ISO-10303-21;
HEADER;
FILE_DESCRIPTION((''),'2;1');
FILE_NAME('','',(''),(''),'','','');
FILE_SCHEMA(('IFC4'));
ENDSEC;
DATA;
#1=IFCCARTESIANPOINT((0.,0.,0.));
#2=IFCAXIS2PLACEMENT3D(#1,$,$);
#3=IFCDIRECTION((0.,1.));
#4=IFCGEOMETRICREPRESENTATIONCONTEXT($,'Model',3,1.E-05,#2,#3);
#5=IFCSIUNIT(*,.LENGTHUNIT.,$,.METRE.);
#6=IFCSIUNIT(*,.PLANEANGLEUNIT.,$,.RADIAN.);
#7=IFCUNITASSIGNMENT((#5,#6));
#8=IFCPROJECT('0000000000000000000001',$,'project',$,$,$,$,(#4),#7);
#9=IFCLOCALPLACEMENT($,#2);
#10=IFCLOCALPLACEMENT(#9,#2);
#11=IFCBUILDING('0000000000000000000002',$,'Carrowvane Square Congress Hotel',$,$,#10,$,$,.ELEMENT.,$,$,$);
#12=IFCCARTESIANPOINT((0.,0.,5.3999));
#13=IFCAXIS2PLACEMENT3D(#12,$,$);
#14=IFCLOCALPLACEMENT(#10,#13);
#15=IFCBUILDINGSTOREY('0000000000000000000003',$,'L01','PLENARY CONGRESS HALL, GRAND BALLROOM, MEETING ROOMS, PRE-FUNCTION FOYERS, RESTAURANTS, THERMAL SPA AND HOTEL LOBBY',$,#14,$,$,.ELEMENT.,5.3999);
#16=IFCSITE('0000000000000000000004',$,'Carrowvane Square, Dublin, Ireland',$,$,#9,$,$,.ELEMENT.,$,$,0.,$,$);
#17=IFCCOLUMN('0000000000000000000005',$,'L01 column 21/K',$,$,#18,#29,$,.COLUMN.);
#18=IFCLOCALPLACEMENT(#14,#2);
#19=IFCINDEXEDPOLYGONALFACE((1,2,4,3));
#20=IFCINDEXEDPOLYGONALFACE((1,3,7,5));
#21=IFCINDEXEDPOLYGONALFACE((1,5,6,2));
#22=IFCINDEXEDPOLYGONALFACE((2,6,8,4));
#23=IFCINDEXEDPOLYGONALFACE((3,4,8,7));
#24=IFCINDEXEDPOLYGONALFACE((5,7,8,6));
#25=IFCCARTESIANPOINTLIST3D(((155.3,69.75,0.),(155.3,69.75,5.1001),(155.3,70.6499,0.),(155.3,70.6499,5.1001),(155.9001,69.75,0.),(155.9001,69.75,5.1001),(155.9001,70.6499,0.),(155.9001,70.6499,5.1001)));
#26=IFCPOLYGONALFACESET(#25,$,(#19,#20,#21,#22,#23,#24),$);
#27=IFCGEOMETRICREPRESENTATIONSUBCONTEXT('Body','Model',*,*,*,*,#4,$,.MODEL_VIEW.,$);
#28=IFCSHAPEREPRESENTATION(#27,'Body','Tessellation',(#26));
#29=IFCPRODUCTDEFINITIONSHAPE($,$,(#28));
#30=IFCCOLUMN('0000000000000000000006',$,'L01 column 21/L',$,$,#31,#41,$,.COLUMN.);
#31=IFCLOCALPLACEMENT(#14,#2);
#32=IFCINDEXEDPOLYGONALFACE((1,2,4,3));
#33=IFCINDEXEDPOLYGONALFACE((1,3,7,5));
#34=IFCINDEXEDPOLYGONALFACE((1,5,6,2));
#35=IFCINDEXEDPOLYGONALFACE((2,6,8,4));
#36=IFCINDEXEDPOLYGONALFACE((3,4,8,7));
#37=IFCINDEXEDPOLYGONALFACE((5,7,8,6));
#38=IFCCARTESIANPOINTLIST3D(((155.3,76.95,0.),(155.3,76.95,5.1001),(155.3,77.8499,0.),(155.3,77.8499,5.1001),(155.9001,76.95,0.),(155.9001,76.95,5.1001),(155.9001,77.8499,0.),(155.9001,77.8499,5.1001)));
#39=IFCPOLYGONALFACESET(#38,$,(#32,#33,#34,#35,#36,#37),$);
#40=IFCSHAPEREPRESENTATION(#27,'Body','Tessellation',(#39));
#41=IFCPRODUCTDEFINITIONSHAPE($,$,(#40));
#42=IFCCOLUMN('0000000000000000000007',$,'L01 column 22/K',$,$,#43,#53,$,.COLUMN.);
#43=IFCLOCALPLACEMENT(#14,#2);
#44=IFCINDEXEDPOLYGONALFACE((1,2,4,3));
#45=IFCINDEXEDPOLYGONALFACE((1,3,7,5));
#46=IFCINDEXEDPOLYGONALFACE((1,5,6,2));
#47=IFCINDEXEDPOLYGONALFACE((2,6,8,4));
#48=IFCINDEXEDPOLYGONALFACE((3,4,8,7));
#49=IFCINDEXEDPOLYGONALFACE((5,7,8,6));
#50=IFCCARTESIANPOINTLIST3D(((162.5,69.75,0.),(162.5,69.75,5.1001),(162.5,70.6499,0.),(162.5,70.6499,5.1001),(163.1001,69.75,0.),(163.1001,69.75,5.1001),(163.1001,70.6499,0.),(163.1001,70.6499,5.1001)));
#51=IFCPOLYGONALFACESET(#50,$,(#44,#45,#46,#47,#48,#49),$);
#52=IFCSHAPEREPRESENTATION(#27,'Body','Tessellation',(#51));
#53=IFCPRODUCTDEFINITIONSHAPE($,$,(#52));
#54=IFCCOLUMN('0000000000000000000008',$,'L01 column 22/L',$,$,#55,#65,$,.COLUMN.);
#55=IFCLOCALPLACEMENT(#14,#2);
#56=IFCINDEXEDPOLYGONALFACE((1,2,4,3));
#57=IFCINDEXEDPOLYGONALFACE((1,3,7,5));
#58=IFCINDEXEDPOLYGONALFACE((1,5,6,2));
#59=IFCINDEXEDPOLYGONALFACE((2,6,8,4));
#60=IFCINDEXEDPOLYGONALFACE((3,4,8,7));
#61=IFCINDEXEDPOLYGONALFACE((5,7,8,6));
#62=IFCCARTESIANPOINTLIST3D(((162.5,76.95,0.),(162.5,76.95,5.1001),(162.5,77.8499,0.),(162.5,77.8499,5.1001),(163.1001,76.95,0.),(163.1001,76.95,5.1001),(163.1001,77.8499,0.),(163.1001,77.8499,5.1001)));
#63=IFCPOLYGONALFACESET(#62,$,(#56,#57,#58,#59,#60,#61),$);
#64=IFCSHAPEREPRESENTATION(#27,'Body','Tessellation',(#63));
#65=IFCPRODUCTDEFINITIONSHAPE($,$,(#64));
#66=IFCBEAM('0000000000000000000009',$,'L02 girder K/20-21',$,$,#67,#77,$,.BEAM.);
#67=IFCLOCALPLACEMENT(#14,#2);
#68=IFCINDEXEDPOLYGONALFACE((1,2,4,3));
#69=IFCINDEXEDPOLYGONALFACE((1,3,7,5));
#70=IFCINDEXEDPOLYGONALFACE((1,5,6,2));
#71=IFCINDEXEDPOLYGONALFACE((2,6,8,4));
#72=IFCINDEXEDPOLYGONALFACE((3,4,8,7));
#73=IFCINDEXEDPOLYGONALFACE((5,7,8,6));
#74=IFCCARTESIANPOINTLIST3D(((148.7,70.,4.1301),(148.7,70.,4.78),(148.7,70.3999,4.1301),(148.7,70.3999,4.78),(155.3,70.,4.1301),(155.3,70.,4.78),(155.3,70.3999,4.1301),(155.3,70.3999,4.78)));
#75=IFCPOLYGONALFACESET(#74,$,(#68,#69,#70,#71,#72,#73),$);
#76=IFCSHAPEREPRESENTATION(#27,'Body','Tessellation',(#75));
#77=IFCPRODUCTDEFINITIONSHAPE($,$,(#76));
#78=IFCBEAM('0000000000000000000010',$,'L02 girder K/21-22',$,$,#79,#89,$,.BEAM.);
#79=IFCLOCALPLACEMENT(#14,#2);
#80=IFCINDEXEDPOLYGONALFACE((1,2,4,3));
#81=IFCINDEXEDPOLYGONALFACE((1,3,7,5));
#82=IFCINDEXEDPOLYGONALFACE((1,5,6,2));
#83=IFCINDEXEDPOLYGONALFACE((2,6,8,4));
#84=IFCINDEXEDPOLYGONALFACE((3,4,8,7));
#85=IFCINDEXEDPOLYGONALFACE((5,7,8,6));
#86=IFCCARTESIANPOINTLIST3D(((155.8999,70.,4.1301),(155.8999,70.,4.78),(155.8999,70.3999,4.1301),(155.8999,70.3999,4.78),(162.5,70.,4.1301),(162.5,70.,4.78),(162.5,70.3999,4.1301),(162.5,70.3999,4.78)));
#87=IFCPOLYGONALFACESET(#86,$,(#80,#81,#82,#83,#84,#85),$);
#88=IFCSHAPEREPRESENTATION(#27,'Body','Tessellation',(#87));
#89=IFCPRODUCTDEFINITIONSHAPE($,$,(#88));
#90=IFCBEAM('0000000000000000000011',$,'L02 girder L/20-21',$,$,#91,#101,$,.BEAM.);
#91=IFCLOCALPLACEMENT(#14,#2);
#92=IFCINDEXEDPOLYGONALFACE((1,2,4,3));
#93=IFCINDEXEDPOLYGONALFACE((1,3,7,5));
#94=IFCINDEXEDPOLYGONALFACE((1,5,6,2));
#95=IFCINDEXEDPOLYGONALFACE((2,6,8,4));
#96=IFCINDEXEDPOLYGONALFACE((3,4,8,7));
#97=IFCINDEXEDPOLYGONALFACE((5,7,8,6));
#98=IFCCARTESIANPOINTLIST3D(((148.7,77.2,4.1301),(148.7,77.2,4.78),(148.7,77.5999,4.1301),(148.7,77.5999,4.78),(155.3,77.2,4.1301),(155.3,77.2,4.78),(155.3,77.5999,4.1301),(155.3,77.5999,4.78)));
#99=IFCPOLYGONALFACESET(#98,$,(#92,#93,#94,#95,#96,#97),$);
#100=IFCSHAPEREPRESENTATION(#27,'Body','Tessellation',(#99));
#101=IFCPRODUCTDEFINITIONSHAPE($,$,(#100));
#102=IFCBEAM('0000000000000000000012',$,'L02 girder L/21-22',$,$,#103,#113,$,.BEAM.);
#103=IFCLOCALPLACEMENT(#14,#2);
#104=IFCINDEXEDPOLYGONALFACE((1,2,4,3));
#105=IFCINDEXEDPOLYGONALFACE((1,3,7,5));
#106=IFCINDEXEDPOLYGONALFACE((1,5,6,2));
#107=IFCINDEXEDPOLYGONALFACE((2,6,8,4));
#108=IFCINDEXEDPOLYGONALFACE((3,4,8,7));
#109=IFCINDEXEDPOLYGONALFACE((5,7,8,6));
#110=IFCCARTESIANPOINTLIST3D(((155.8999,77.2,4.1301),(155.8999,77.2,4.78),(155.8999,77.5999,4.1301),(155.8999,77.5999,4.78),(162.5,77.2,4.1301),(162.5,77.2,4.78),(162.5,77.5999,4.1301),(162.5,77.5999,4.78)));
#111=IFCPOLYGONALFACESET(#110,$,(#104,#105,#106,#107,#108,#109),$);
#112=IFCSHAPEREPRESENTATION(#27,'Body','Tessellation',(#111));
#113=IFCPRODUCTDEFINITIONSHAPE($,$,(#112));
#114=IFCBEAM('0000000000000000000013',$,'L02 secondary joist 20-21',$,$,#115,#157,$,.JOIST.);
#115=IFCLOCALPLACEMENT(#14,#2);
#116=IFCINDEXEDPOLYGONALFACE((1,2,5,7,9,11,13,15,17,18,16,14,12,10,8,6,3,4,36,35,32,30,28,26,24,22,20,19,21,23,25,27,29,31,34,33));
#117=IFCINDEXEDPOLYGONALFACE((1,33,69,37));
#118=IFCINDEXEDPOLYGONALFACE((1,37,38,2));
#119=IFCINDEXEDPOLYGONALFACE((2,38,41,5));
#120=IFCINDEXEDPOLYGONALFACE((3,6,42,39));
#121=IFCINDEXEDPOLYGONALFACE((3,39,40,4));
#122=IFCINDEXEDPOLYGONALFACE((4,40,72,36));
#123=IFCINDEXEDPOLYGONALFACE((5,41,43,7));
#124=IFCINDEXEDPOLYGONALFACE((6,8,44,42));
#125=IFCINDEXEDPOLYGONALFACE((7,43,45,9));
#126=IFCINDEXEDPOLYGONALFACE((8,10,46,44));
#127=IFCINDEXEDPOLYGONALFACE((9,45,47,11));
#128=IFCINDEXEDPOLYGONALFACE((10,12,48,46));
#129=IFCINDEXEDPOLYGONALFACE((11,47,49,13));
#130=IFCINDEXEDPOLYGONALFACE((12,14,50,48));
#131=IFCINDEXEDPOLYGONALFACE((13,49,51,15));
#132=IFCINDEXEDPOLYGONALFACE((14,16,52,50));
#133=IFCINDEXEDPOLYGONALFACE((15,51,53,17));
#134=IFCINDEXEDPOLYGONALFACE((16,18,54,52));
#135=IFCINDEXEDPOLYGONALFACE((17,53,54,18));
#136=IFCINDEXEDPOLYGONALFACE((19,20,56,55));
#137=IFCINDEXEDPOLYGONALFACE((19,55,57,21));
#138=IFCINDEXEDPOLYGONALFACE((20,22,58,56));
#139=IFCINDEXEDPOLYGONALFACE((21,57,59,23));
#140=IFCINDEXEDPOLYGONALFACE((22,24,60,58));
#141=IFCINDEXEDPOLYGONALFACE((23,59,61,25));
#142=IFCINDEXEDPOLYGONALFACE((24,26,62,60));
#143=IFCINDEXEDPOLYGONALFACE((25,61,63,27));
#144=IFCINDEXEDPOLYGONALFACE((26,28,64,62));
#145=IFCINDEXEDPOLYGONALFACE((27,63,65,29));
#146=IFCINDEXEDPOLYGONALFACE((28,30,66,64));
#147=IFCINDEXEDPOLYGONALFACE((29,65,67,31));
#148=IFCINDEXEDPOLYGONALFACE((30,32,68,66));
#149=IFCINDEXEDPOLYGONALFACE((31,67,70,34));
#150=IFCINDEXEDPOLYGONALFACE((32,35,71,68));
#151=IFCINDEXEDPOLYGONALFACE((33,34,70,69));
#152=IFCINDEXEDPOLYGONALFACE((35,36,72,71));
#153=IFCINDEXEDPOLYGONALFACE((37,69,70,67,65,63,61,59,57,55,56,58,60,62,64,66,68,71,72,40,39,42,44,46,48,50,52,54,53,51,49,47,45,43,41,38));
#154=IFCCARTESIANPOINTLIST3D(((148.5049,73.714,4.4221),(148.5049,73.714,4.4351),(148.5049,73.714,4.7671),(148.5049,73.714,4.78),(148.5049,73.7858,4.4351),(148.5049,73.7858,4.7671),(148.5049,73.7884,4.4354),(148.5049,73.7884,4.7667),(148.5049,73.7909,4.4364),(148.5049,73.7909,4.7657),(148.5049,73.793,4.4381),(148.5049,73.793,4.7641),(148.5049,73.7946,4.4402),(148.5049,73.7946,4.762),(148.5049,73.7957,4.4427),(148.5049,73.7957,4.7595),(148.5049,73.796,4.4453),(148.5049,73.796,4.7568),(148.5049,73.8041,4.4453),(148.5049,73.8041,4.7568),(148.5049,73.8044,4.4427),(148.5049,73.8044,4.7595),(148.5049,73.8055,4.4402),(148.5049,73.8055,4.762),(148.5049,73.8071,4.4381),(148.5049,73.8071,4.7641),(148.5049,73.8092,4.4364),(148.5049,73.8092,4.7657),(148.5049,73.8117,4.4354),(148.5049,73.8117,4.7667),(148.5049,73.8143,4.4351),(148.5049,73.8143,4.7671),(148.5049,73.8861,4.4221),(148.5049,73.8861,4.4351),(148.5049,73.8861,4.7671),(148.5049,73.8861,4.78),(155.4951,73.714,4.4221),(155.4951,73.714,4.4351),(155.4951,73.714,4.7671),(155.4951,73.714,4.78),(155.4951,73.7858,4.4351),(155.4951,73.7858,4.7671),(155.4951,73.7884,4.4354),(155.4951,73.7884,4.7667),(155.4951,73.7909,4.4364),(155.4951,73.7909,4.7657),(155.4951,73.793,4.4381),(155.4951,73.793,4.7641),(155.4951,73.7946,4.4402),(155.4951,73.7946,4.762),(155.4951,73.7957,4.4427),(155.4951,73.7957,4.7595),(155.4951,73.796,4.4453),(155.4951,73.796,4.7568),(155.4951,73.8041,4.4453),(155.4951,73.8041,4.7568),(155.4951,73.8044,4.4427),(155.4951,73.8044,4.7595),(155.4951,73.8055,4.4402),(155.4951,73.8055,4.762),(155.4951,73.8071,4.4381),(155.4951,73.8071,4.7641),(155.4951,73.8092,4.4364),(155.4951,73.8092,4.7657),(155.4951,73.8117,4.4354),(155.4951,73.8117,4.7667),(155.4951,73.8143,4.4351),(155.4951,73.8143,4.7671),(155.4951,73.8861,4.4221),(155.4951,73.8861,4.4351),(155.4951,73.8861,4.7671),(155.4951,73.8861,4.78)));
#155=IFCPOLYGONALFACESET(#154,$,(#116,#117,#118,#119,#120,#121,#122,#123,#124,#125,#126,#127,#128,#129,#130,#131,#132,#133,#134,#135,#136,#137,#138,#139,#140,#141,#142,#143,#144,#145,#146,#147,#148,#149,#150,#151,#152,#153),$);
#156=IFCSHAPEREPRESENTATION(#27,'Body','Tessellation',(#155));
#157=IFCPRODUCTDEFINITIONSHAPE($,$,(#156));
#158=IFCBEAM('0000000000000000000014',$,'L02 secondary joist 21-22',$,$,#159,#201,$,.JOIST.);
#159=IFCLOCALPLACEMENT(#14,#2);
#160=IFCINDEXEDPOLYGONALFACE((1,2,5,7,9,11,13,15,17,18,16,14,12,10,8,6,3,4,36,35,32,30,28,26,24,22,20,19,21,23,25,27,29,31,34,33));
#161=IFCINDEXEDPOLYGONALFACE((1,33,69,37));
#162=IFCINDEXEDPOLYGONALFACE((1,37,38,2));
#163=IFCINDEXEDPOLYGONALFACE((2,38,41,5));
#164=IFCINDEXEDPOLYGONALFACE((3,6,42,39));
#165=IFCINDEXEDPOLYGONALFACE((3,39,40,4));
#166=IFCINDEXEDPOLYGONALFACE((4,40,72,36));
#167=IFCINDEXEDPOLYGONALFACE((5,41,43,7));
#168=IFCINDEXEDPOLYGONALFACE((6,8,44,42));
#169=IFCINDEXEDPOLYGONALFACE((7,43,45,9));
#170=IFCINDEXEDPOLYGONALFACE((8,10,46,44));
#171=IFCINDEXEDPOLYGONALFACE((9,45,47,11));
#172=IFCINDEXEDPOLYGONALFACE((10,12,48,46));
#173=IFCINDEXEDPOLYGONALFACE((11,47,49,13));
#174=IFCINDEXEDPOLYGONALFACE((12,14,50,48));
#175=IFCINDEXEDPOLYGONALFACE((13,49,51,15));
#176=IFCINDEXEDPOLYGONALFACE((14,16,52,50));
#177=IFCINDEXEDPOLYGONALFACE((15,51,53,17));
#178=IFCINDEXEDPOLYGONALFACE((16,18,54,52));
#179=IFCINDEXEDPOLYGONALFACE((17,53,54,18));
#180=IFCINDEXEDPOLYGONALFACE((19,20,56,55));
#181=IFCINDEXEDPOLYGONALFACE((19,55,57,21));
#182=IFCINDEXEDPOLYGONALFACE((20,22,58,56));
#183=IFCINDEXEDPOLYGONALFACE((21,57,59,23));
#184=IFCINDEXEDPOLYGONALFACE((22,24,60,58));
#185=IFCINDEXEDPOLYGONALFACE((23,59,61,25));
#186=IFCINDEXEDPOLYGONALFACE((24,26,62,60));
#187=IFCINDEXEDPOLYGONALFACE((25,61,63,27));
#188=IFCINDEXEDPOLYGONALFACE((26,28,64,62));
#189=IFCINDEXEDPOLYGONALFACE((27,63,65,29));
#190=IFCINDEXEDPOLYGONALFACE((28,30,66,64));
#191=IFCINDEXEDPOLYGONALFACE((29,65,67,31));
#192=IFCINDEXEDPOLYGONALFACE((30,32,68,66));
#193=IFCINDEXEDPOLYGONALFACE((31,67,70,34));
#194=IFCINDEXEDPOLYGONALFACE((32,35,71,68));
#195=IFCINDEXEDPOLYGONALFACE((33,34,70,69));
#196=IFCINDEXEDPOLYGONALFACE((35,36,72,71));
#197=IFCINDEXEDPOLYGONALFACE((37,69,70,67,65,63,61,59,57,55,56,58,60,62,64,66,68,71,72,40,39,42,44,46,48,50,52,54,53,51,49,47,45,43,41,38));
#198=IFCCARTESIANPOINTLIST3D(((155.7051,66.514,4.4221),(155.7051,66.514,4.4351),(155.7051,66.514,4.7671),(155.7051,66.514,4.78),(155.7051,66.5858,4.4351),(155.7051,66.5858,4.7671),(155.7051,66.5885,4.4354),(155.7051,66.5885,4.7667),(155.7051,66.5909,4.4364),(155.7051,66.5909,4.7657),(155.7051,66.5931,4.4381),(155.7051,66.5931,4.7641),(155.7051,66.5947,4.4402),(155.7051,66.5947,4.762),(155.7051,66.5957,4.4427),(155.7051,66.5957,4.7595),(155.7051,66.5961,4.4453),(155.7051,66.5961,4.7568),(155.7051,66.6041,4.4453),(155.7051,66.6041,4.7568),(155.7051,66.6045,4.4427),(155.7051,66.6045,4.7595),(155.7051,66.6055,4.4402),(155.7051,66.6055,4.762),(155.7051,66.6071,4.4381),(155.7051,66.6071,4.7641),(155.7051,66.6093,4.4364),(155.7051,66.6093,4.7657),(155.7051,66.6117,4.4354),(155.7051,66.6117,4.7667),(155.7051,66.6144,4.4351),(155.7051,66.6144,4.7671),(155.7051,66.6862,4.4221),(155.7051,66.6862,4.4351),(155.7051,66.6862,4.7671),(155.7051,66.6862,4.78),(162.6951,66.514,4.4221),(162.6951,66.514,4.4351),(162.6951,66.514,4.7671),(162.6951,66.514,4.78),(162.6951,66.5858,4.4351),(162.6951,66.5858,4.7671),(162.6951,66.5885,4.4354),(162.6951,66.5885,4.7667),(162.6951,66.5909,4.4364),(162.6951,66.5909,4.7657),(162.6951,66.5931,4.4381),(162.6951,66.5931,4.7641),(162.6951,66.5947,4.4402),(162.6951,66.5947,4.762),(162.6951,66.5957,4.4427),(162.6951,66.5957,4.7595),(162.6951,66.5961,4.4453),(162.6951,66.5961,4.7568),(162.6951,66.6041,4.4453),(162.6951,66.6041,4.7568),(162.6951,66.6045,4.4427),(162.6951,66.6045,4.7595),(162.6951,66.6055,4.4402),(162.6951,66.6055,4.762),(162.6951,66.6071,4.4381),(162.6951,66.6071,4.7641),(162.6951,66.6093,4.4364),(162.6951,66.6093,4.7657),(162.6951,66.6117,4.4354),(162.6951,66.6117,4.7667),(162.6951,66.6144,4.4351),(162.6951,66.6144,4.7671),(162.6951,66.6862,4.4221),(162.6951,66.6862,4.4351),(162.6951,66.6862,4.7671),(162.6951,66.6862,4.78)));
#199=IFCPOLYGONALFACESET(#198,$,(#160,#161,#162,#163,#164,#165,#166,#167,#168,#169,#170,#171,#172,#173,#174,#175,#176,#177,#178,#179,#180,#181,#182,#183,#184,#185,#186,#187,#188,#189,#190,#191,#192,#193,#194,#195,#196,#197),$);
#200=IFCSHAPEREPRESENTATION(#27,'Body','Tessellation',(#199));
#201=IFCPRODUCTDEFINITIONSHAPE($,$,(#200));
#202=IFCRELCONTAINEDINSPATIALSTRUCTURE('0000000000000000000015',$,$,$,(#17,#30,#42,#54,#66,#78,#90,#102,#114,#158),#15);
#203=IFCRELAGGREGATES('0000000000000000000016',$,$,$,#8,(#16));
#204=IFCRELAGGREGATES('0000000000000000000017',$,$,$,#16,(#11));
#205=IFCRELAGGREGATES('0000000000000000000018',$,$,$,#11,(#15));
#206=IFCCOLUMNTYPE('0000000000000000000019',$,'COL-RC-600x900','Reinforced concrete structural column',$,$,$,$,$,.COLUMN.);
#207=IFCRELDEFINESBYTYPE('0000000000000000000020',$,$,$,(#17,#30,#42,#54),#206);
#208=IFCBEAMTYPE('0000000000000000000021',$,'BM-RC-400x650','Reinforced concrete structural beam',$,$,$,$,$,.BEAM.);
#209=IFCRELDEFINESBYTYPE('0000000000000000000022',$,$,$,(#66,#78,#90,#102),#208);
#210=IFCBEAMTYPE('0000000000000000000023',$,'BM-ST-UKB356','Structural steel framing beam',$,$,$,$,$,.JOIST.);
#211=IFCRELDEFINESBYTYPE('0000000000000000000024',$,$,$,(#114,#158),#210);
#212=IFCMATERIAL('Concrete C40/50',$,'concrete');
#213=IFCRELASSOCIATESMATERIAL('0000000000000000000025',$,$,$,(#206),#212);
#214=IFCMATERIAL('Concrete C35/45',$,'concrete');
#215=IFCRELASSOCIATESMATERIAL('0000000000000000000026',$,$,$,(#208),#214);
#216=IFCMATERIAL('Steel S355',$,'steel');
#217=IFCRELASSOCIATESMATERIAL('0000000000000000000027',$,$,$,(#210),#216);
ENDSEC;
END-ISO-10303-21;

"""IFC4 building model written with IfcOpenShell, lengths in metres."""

from ifc_helpers import new_model, si_unit, direction, frame, origin, origin_2d, place, context, subcontext, project, spatial, rectangle, i_section, extrude, material, material_profile, profile_set, type_object, element, save


model = new_model("IFC4")

# Units and contexts
model_context = context("Model", 3, precision=1e-05, world=origin(), true_north=direction((0.0, 1.0)))
body_context = subcontext(model_context, "Body", "Model", "MODEL_VIEW")
ifc_project = project(units=[si_unit("LENGTHUNIT", "METRE"), si_unit("PLANEANGLEUNIT", "RADIAN")], contexts=[model_context])

# Site, building, storey
site_placement = place(None, origin())
site = spatial("IfcSite", under=ifc_project, at=site_placement, Name="Carrowvane Square, Dublin, Ireland", CompositionType="ELEMENT", RefElevation=0.0)
building_placement = place(site_placement, origin())
building = spatial("IfcBuilding", under=site, at=building_placement, Name="Carrowvane Square Congress Hotel", CompositionType="ELEMENT")
storey_placement = place(building_placement, frame((0.0, 0.0, 5.3999)))
storey = spatial("IfcBuildingStorey", under=building, at=storey_placement, Name="L01", Description="PLENARY CONGRESS HALL, GRAND BALLROOM, MEETING ROOMS, PRE-FUNCTION FOYERS, RESTAURANTS, THERMAL SPA AND HOTEL LOBBY", CompositionType="ELEMENT", Elevation=5.3999)

# Columns
ifc_material_1 = material(Name="Concrete C40/50", Category="concrete")
ifc_material_profile_1 = material_profile(ifc_material_1, rectangle(XDim=0.6001, YDim=0.8999, at=origin_2d()), Name="RC 600x900")
ifc_profile_set_1 = profile_set([ifc_material_profile_1], Name="Concrete C40/50")
column_type = type_object("IfcColumnType", Name="COL-RC-600x900", Description="Reinforced concrete structural column", PredefinedType="COLUMN", material=ifc_profile_set_1)
for number, where, z_axis, x_axis, name in (
    (1, (155.6001, 70.2, 0.0), (0.0, 0.0, 1.0), (1.0, 0.0, 0.0), "L01 column 21/K"),
    (2, (155.6001, 77.3999, 0.0), (0.0, 0.0, 1.0), (1.0, 0.0, 0.0), "L01 column 21/L"),
    (3, (162.8, 70.2, 0.0), (0.0, 0.0, 1.0), (1.0, 0.0, 0.0), "L01 column 22/K"),
    (4, (162.8, 77.3999, 0.0), (0.0, 0.0, 1.0), (1.0, 0.0, 0.0), "L01 column 22/L"),
):
    element("IfcColumn", number, at=place(storey_placement, frame(where, z_axis=z_axis, x_axis=x_axis)), inside=storey, type_object=column_type, Name=name, PredefinedType="COLUMN", context=body_context, shape_type="SweptSolid", body=[
        extrude(rectangle(XDim=0.6001, YDim=0.8999, at=origin_2d()), origin(), (0.0, 0.0, 1.0), 5.1001),
    ])

# Beams
ifc_material_2 = material(Name="Concrete C35/45", Category="concrete")
ifc_material_profile_2 = material_profile(ifc_material_2, rectangle(XDim=0.3999, YDim=0.6499, at=origin_2d()), Name="RC 400x650")
ifc_profile_set_2 = profile_set([ifc_material_profile_2], Name="Concrete C35/45")
beam_type_1 = type_object("IfcBeamType", Name="BM-RC-400x650", Description="Reinforced concrete structural beam", PredefinedType="BEAM", material=ifc_profile_set_2)
for number, where, z_axis, x_axis, name in (
    (5, (148.7, 70.2, 4.4551), (1.0, 0.0, 0.0), (0.0, 1.0, 0.0), "L02 girder K/20-21"),
    (6, (155.8999, 70.2, 4.4551), (1.0, 0.0, 0.0), (0.0, 1.0, 0.0), "L02 girder K/21-22"),
    (7, (148.7, 77.3999, 4.4551), (1.0, 0.0, 0.0), (0.0, 1.0, 0.0), "L02 girder L/20-21"),
    (8, (155.8999, 77.3999, 4.4551), (1.0, 0.0, 0.0), (0.0, 1.0, 0.0), "L02 girder L/21-22"),
):
    element("IfcBeam", number, at=place(storey_placement, frame(where, z_axis=z_axis, x_axis=x_axis)), inside=storey, type_object=beam_type_1, Name=name, PredefinedType="BEAM", context=body_context, shape_type="SweptSolid", body=[
        extrude(rectangle(XDim=0.3999, YDim=0.6499, at=origin_2d()), origin(), (0.0, 0.0, 1.0), 6.6001),
    ])
ifc_material_3 = material(Name="Steel S355", Category="steel")
ifc_material_profile_3 = material_profile(ifc_material_3, i_section(OverallWidth=0.1721, OverallDepth=0.3579, WebThickness=0.0081, FlangeThickness=0.0129, FilletRadius=0.0103, at=origin_2d()), Name="UKB 356x171x57")
ifc_profile_set_3 = profile_set([ifc_material_profile_3], Name="Steel S355")
beam_type_2 = type_object("IfcBeamType", Name="BM-ST-UKB356", Description="Structural steel framing beam", PredefinedType="JOIST", material=ifc_profile_set_3)
beam_1_placement = place(storey_placement, frame((148.5049, 73.8, 4.6011), z_axis=(1.0, 0.0, 0.0), x_axis=(0.0, 1.0, 0.0)))
element("IfcBeam", 9, at=beam_1_placement, inside=storey, type_object=beam_type_2, Name="L02 secondary joist 20-21", PredefinedType="JOIST", context=body_context, shape_type="SweptSolid", body=[
    extrude(i_section(OverallWidth=0.1721, OverallDepth=0.3579, WebThickness=0.0081, FlangeThickness=0.0129, FilletRadius=0.0103, at=origin_2d()), origin(), (0.0, 0.0, 1.0), 6.9902),
])
for number, where, z_axis, x_axis, name in (
    (10, (155.7051, 66.6001, 4.6011), (1.0, 0.0, 0.0), (0.0, 1.0, 0.0), "L02 secondary joist 21-22"),
):
    element("IfcBeam", number, at=place(storey_placement, frame(where, z_axis=z_axis, x_axis=x_axis)), inside=storey, type_object=beam_type_2, Name=name, PredefinedType="JOIST", context=body_context, shape_type="SweptSolid", body=[
        extrude(i_section(OverallWidth=0.1721, OverallDepth=0.3579, WebThickness=0.0081, FlangeThickness=0.0129, FilletRadius=0.0103, at=origin_2d()), origin(), (0.0, 0.0, 1.0), 6.99),
    ])

save(model, "model.ifc")
